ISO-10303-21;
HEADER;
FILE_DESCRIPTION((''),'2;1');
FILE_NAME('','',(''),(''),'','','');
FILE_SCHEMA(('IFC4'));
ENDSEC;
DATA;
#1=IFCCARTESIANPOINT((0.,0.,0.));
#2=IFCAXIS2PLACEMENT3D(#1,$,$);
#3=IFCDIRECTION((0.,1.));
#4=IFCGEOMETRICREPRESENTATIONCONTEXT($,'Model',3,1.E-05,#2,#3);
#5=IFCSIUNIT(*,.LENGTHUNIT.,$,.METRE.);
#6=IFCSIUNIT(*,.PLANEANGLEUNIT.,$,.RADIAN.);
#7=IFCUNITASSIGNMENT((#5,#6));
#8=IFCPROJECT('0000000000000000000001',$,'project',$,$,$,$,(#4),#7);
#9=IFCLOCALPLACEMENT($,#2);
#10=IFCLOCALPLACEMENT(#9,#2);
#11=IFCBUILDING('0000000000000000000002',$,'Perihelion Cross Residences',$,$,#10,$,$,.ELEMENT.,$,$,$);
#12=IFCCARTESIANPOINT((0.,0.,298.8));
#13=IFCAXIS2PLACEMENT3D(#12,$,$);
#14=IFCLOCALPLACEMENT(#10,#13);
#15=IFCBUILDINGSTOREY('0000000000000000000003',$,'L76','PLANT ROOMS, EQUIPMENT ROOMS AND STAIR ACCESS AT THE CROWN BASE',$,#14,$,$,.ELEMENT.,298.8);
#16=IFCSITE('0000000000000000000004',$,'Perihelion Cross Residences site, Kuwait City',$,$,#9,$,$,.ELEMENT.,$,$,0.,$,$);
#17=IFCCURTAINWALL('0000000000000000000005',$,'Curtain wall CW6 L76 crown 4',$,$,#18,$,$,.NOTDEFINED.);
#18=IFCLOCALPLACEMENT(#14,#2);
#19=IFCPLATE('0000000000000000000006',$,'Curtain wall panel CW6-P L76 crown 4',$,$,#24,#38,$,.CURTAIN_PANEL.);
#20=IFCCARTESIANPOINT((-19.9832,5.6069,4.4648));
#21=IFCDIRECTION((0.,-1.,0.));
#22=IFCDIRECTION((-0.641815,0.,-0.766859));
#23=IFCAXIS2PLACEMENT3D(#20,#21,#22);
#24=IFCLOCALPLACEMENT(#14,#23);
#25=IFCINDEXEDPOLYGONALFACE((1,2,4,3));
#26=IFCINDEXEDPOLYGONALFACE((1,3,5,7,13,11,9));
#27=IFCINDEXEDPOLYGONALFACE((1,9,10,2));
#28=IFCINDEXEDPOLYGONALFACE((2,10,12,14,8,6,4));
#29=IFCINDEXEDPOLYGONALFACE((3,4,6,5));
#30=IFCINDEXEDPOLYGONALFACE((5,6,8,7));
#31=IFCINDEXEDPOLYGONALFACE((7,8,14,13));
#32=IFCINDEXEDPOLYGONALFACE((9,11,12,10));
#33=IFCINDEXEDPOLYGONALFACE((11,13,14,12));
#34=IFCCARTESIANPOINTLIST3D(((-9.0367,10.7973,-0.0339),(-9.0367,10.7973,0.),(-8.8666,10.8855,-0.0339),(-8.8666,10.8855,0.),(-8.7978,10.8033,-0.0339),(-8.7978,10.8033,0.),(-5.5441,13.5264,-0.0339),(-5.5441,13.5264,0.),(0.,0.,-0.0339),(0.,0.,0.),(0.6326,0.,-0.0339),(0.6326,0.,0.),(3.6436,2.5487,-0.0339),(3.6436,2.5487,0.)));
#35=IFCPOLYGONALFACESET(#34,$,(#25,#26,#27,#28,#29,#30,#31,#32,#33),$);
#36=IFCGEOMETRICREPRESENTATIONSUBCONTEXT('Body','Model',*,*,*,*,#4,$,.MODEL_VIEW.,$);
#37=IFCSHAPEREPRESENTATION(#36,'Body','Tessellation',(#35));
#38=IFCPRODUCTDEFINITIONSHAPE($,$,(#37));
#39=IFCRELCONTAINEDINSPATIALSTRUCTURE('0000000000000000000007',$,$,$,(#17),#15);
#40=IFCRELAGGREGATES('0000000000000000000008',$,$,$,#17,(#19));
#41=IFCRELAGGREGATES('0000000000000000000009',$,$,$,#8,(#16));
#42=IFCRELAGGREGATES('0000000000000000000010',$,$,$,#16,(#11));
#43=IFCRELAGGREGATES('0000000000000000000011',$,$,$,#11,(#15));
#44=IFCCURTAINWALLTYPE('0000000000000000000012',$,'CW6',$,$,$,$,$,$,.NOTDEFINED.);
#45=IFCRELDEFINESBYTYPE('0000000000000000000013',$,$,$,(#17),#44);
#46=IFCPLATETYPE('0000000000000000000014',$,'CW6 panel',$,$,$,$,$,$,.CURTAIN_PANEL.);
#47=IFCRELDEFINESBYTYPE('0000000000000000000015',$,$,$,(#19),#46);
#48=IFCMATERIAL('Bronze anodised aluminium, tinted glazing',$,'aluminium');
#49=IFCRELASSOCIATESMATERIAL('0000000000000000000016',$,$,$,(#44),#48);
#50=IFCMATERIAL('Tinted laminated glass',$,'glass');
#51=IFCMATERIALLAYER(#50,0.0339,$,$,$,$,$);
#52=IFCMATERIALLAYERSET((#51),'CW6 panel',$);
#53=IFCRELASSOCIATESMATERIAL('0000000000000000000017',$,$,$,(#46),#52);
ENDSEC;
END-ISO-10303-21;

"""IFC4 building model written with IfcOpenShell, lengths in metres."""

from ifc_helpers import new_model, si_unit, direction, frame, origin, place, context, subcontext, project, spatial, polyline, outline, extrude, material, layer, layer_set, type_object, element, aggregate, save


model = new_model("IFC4")

# Units and contexts
model_context = context("Model", 3, precision=1e-05, world=origin(), true_north=direction((0.0, 1.0)))
body_context = subcontext(model_context, "Body", "Model", "MODEL_VIEW")
ifc_project = project(units=[si_unit("LENGTHUNIT", "METRE"), si_unit("PLANEANGLEUNIT", "RADIAN")], contexts=[model_context])

# Site, building, storey
site_placement = place(None, origin())
site = spatial("IfcSite", under=ifc_project, at=site_placement, Name="Perihelion Cross Residences site, Kuwait City", CompositionType="ELEMENT", RefElevation=0.0)
building_placement = place(site_placement, origin())
building = spatial("IfcBuilding", under=site, at=building_placement, Name="Perihelion Cross Residences", CompositionType="ELEMENT")
storey_placement = place(building_placement, frame((0.0, 0.0, 298.8)))
storey = spatial("IfcBuildingStorey", under=building, at=storey_placement, Name="L76", Description="PLANT ROOMS, EQUIPMENT ROOMS AND STAIR ACCESS AT THE CROWN BASE", CompositionType="ELEMENT", Elevation=298.8)

# Shared definitions
ifc_material_1 = material(Name="Bronze anodised aluminium, tinted glazing", Category="aluminium")
curtain_wall_type = type_object("IfcCurtainWallType", Name="CW6", PredefinedType="NOTDEFINED", material=ifc_material_1)

# Curtain wall, plate
curtain_wall_1_placement = place(storey_placement, origin())
curtain_wall_1 = element("IfcCurtainWall", 1, at=curtain_wall_1_placement, inside=storey, type_object=curtain_wall_type, Name="Curtain wall CW6 L76 crown 4", PredefinedType="NOTDEFINED")
ifc_material_2 = material(Name="Tinted laminated glass", Category="glass")
ifc_layer = layer(ifc_material_2, 0.0339)
ifc_layer_set = layer_set([ifc_layer], Name="CW6 panel")
plate_type = type_object("IfcPlateType", Name="CW6 panel", PredefinedType="CURTAIN_PANEL", material=ifc_layer_set)
plate_placement = place(storey_placement, frame((-19.9832, 5.6069, 4.4648), z_axis=(0.0, -1.0, 0.0), x_axis=(-0.641815, 0.0, -0.766859)))
plate = element("IfcPlate", 2, at=plate_placement, type_object=plate_type, Name="Curtain wall panel CW6-P L76 crown 4", PredefinedType="CURTAIN_PANEL", context=body_context, shape_type="SweptSolid", body=[
    extrude(outline(polyline([(0.0, 0.0), (0.6326, 0.0), (3.6436, 2.5487), (-5.5441, 13.5264), (-8.7978, 10.8033), (-8.8666, 10.8855), (-9.0367, 10.7973), (0.0, 0.0)])), origin(), (0.0, 0.0, -1.0), 0.0339),
])
aggregate(curtain_wall_1, [plate])

save(model, "model.ifc")
